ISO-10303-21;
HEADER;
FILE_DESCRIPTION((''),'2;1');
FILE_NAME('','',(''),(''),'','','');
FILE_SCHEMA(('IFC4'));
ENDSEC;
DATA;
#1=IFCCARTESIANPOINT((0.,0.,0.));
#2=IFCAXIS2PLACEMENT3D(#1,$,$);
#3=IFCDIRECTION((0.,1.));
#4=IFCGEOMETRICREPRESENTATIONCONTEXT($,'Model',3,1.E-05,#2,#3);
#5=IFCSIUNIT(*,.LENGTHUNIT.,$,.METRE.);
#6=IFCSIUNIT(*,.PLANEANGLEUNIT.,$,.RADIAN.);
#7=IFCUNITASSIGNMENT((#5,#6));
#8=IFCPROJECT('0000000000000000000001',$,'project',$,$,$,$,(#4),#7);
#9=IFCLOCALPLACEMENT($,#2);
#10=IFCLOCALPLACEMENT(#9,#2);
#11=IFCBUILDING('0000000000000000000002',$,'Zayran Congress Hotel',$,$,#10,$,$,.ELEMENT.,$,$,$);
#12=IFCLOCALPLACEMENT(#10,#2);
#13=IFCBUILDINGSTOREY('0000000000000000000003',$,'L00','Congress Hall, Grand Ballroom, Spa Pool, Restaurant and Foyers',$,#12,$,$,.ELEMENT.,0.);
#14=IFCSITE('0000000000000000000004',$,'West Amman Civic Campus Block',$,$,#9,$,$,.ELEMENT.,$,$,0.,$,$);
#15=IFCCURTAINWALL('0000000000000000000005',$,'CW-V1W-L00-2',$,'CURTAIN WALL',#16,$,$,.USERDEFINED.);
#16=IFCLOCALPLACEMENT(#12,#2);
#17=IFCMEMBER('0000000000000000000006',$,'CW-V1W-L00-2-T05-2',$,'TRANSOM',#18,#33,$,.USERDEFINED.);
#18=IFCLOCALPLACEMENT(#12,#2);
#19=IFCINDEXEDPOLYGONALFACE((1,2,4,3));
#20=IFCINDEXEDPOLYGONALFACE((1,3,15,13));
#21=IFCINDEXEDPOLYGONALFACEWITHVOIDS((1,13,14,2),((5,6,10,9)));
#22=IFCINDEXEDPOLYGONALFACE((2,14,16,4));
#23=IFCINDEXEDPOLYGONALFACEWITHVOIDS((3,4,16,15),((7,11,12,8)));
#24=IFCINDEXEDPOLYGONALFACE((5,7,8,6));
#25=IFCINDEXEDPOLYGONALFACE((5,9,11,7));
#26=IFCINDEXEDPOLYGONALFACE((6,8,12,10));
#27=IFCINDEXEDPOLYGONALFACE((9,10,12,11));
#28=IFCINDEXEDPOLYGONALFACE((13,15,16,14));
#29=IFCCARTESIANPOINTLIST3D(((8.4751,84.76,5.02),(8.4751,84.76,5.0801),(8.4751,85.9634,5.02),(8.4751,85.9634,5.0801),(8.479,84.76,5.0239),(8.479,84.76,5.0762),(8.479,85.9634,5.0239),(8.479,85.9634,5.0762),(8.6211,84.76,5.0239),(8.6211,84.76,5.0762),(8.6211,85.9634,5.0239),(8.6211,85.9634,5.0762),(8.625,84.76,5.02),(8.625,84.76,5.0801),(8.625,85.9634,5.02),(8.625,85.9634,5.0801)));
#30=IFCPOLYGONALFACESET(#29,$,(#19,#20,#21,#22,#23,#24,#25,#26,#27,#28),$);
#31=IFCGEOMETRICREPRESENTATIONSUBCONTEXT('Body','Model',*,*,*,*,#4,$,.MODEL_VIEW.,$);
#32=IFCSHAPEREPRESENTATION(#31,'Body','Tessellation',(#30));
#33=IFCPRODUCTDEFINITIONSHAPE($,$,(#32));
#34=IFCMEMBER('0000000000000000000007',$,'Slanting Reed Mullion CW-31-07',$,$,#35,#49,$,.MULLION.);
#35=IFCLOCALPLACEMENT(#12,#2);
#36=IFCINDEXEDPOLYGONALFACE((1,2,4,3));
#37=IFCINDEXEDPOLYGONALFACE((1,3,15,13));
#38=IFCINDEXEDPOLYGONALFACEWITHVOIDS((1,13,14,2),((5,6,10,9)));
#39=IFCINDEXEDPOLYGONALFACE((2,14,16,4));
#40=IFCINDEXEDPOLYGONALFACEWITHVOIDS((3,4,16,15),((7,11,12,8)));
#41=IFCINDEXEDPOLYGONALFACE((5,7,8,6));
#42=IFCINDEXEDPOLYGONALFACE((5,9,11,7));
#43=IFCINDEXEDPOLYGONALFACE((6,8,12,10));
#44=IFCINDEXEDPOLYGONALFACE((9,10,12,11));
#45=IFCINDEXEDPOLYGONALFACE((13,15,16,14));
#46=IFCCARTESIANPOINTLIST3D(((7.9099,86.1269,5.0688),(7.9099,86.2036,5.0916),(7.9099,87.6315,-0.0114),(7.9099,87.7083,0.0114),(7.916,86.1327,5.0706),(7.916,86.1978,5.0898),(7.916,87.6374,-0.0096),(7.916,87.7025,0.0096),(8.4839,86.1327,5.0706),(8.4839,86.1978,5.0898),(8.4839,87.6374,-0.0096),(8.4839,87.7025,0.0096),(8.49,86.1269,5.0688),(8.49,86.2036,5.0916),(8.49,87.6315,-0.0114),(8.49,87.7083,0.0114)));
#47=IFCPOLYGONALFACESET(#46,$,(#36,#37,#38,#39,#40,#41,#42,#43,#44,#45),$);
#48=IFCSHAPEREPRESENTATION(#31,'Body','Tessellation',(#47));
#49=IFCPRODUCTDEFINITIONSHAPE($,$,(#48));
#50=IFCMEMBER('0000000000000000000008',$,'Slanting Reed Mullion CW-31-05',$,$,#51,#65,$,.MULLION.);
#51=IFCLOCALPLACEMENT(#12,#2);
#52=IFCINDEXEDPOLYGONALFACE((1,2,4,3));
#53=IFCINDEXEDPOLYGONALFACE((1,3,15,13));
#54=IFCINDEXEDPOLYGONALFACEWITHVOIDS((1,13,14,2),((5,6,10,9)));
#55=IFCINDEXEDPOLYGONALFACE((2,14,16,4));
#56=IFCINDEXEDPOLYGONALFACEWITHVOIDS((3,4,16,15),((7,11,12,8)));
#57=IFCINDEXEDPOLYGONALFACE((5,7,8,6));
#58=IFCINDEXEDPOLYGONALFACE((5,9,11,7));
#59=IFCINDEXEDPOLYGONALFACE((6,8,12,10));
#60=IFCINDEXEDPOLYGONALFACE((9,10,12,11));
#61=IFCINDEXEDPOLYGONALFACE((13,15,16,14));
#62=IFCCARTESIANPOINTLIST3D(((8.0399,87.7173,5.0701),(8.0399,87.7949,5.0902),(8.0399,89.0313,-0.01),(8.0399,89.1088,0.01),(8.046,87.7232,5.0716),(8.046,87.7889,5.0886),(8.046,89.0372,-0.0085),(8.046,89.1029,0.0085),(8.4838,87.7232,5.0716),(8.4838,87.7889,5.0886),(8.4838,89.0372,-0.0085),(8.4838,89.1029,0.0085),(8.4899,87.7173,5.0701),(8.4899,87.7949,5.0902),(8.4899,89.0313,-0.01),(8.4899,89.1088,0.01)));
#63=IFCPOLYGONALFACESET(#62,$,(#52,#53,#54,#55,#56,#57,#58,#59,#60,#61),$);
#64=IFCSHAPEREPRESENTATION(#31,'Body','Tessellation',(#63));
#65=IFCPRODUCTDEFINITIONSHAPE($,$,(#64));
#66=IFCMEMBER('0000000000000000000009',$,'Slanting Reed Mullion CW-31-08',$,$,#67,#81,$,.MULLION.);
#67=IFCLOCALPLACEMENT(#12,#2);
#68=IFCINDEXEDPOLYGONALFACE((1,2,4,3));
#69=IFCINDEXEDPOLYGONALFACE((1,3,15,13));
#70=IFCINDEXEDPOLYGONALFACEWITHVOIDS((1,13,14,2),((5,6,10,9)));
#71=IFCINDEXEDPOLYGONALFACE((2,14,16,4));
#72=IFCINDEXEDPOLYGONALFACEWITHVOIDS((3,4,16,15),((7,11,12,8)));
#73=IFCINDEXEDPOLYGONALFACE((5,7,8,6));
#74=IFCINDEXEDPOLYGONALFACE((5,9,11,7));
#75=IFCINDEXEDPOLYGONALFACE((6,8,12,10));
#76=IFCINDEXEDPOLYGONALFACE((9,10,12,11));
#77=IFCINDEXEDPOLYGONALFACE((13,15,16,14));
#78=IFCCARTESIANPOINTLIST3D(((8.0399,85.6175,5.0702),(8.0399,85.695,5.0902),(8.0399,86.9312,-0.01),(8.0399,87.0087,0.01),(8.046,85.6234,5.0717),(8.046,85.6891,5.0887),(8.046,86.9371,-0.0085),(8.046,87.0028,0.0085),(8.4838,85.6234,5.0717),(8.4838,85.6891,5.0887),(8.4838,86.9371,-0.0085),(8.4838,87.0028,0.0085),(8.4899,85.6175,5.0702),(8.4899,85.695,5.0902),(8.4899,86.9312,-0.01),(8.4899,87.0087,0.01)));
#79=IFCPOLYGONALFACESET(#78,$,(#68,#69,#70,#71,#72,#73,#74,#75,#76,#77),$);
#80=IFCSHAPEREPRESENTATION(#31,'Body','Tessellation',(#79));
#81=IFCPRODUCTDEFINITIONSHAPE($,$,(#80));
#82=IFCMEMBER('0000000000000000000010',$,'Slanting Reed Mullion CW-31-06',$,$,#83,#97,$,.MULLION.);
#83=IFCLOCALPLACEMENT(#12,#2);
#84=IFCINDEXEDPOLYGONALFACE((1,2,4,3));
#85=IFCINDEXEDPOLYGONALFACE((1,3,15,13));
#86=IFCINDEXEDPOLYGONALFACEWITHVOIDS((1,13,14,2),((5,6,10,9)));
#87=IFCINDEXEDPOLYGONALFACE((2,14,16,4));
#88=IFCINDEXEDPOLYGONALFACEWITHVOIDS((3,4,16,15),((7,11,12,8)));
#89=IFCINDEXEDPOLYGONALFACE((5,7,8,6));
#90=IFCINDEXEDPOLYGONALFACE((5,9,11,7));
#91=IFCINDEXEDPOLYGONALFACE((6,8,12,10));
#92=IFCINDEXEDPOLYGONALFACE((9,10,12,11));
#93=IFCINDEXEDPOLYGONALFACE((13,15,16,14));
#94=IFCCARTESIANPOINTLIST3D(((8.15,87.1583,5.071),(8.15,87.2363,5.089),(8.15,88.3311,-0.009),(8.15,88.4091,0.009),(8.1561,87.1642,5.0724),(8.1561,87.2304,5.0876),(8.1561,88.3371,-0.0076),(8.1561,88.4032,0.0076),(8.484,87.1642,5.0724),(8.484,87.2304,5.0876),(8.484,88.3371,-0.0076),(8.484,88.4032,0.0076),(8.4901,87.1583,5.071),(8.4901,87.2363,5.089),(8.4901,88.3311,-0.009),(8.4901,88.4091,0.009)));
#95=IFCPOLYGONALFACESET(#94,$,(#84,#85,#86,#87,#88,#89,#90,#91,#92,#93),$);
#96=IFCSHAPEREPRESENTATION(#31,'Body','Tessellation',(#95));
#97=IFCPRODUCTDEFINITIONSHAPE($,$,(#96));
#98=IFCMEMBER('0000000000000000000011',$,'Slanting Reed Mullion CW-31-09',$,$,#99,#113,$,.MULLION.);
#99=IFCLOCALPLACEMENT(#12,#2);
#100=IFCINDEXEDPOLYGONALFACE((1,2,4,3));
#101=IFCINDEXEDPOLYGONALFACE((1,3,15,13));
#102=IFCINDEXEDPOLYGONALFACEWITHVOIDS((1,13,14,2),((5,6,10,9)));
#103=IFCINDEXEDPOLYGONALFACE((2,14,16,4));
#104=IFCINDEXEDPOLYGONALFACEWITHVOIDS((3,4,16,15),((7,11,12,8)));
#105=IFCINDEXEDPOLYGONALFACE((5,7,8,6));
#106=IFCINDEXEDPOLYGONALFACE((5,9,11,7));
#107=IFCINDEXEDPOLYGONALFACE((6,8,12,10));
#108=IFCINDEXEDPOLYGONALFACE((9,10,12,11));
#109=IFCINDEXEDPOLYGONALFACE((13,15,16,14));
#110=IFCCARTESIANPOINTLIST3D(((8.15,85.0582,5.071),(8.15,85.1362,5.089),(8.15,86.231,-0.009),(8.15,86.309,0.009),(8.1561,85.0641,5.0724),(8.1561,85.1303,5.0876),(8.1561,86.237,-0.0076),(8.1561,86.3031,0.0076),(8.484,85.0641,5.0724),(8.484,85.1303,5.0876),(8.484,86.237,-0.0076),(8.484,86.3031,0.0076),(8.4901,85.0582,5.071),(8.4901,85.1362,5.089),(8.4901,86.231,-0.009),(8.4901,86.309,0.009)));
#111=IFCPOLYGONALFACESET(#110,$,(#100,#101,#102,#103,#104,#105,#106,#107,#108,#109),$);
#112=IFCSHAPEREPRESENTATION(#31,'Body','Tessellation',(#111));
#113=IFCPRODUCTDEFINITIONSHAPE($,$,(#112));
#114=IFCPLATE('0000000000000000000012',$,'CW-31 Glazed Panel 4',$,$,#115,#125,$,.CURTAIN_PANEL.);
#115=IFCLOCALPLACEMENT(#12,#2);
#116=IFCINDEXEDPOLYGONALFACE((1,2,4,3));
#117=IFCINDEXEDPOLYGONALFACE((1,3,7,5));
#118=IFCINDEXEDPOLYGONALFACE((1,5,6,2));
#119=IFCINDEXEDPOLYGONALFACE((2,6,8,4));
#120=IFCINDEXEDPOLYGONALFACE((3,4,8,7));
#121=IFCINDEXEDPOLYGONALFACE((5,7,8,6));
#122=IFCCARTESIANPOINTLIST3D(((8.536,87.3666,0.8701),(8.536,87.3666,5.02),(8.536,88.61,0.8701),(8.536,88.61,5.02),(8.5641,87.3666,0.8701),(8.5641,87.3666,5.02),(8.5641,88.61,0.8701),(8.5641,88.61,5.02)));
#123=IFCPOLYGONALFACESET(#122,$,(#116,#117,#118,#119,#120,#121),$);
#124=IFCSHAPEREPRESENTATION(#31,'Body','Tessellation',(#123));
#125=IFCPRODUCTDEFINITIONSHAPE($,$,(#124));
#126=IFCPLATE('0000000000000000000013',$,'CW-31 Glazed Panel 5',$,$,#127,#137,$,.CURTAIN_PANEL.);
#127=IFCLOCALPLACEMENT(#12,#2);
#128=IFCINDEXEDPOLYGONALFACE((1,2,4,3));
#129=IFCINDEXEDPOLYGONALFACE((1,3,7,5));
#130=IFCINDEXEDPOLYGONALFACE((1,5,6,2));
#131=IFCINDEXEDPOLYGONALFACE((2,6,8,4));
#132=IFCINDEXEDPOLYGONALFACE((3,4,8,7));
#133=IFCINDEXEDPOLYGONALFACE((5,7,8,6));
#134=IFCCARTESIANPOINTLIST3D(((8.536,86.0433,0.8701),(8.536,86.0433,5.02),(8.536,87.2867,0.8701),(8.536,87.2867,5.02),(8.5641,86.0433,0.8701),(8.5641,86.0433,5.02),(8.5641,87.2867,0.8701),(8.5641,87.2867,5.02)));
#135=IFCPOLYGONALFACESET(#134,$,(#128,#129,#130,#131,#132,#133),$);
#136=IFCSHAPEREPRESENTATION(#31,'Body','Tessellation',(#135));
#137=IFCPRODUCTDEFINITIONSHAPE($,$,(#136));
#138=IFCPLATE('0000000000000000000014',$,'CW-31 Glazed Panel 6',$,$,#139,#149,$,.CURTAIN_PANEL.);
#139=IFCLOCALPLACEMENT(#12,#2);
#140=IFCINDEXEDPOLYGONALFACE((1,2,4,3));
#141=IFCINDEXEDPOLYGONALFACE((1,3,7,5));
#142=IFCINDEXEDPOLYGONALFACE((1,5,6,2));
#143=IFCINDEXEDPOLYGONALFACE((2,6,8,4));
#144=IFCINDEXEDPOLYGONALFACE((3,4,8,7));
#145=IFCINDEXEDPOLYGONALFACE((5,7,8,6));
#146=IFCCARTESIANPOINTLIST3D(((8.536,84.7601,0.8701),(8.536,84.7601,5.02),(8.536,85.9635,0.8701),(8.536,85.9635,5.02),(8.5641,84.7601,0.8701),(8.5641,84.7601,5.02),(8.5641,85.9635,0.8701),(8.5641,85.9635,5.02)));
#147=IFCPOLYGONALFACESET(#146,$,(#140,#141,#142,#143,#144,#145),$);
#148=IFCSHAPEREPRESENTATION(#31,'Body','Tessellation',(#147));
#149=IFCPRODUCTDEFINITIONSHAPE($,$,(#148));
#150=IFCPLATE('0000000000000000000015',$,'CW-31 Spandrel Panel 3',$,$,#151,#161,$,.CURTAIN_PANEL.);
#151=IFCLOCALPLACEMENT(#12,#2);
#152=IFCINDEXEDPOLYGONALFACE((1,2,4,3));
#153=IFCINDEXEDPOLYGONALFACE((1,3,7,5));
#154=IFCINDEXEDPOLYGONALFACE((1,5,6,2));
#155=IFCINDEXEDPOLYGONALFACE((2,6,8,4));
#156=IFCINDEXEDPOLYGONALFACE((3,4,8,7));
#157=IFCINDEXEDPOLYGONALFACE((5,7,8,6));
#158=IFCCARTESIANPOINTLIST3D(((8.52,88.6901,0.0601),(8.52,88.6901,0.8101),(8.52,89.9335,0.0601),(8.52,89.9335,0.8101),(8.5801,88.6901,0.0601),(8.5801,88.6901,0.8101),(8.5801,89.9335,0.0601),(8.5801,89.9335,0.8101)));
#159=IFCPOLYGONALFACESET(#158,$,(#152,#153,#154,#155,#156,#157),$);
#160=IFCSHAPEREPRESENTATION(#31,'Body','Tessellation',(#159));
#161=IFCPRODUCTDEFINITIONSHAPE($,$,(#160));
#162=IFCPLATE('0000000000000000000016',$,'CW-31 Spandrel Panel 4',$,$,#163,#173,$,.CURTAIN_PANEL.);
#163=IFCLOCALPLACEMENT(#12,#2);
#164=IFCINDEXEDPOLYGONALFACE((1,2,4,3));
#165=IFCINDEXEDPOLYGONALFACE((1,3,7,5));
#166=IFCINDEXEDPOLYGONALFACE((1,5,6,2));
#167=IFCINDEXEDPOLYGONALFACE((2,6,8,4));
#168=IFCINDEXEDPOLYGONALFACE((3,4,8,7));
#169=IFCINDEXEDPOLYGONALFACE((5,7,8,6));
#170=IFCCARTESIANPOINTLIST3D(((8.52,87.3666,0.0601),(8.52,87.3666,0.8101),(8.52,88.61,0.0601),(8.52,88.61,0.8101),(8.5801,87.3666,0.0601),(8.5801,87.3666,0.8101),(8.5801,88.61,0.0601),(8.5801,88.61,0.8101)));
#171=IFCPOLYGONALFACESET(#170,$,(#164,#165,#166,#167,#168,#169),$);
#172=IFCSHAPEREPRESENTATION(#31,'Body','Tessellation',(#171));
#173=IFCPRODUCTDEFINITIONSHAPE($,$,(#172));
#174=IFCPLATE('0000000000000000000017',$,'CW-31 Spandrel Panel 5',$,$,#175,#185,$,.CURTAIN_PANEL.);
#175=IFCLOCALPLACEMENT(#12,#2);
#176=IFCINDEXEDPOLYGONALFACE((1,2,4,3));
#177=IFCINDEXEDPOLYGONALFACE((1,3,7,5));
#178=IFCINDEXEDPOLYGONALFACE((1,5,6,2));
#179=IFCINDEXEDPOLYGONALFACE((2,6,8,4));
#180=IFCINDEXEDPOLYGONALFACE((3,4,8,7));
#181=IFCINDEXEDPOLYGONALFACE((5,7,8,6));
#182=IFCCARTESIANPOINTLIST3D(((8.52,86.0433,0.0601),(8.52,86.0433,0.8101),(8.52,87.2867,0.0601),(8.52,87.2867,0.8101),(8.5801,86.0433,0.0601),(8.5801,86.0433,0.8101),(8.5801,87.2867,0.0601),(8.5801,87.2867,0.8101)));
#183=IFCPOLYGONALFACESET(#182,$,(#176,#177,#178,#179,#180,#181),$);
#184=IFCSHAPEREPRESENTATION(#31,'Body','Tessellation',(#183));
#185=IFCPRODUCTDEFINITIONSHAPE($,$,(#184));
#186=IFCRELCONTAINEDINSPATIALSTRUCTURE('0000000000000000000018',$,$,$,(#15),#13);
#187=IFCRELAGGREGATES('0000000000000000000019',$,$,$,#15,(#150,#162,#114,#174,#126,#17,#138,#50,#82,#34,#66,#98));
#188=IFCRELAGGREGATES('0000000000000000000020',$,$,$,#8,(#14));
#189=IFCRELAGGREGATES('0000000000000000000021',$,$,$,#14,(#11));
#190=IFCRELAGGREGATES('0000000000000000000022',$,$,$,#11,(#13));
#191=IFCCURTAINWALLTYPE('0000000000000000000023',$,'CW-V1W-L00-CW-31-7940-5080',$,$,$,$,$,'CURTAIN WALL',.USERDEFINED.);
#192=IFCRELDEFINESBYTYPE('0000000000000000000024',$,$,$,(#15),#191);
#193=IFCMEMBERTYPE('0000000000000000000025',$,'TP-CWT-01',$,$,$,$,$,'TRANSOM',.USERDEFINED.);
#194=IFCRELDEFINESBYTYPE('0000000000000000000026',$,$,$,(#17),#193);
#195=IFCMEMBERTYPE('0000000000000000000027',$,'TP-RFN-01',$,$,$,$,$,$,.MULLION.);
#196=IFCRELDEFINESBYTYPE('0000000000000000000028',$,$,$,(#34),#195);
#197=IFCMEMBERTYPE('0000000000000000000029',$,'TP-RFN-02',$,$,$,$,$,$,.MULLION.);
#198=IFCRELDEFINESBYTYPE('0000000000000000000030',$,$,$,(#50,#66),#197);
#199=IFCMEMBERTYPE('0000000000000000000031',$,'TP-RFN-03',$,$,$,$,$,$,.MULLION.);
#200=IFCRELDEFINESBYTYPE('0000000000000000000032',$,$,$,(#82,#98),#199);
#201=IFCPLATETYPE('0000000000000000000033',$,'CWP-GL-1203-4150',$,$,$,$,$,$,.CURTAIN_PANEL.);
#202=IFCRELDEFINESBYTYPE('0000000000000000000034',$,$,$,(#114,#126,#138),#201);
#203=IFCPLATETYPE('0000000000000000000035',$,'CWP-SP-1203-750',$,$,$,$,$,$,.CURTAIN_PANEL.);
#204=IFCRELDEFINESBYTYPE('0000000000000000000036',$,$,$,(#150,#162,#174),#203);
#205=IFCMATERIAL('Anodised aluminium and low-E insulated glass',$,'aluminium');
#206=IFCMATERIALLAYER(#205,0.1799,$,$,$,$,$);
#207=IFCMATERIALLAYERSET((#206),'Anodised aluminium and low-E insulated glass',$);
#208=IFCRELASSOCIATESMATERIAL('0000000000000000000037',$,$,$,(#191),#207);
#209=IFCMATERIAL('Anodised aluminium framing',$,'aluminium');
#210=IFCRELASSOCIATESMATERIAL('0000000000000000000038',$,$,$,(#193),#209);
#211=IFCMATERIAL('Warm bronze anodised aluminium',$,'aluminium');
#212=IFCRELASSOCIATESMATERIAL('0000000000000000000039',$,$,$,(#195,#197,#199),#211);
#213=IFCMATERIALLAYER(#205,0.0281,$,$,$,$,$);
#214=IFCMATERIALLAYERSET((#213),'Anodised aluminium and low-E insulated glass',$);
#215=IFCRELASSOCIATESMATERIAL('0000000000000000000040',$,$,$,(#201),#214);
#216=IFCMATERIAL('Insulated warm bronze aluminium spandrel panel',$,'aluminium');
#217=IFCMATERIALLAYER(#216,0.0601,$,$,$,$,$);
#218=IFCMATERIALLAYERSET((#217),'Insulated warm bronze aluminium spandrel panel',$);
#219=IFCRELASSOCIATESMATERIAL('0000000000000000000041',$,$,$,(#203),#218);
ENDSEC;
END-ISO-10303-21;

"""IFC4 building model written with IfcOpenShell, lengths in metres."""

from ifc_helpers import new_model, si_unit, direction, frame, origin, origin_2d, place, context, subcontext, project, spatial, rectangle, hollow_rectangle, extrude, material, layer, layer_set, material_profile, profile_set, type_object, element, aggregate, save


model = new_model("IFC4")

# Units and contexts
model_context = context("Model", 3, precision=1e-05, world=origin(), true_north=direction((0.0, 1.0)))
body_context = subcontext(model_context, "Body", "Model", "MODEL_VIEW")
ifc_project = project(units=[si_unit("LENGTHUNIT", "METRE"), si_unit("PLANEANGLEUNIT", "RADIAN")], contexts=[model_context])

# Site, building, storey
site_placement = place(None, origin())
site = spatial("IfcSite", under=ifc_project, at=site_placement, Name="West Amman Civic Campus Block", CompositionType="ELEMENT", RefElevation=0.0)
building_placement = place(site_placement, origin())
building = spatial("IfcBuilding", under=site, at=building_placement, Name="Zayran Congress Hotel", CompositionType="ELEMENT")
storey_placement = place(building_placement, origin())
storey = spatial("IfcBuildingStorey", under=building, at=storey_placement, Name="L00", Description="Congress Hall, Grand Ballroom, Spa Pool, Restaurant and Foyers", CompositionType="ELEMENT", Elevation=0.0)

# Curtain wall, members, plates
ifc_material_1 = material(Name="Anodised aluminium and low-E insulated glass", Category="aluminium")
ifc_layer_1 = layer(ifc_material_1, 0.1799)
ifc_layer_set_1 = layer_set([ifc_layer_1], Name="Anodised aluminium and low-E insulated glass")
curtain_wall_type = type_object("IfcCurtainWallType", Name="CW-V1W-L00-CW-31-7940-5080", ElementType="CURTAIN WALL", PredefinedType="USERDEFINED", material=ifc_layer_set_1)
curtain_wall_placement = place(storey_placement, origin())
curtain_wall = element("IfcCurtainWall", 1, at=curtain_wall_placement, inside=storey, type_object=curtain_wall_type, Name="CW-V1W-L00-2", ObjectType="CURTAIN WALL", PredefinedType="USERDEFINED")
ifc_material_2 = material(Name="Anodised aluminium framing", Category="aluminium")
ifc_material_profile_1 = material_profile(ifc_material_2, hollow_rectangle(XDim=0.0601, YDim=0.1499, WallThickness=0.0039, at=origin_2d()), Name="RHS 150x60x4")
ifc_profile_set_1 = profile_set([ifc_material_profile_1], Name="Anodised aluminium framing")
member_type_1 = type_object("IfcMemberType", Name="TP-CWT-01", ElementType="TRANSOM", PredefinedType="USERDEFINED", material=ifc_profile_set_1)
member_1_placement = place(storey_placement, frame((8.55, 85.9634, 5.05), z_axis=(0.0, -1.0, 0.0), x_axis=(0.0, 0.0, 1.0)))
member_1 = element("IfcMember", 2, at=member_1_placement, type_object=member_type_1, Name="CW-V1W-L00-2-T05-2", ObjectType="TRANSOM", PredefinedType="USERDEFINED", context=body_context, shape_type="SweptSolid", body=[
    extrude(hollow_rectangle(XDim=0.0601, YDim=0.1499, WallThickness=0.0039, at=origin_2d()), origin(), (0.0, 0.0, 1.0), 1.2034),
])
ifc_material_3 = material(Name="Warm bronze anodised aluminium", Category="aluminium")
ifc_material_profile_2 = material_profile(ifc_material_3, hollow_rectangle(XDim=0.0801, YDim=0.5801, WallThickness=0.0061, at=origin_2d()), Name="RHS 580x80x6")
ifc_profile_set_2 = profile_set([ifc_material_profile_2], Name="Warm bronze anodised aluminium")
member_type_2 = type_object("IfcMemberType", Name="TP-RFN-01", PredefinedType="MULLION", material=ifc_profile_set_2)
member_2_placement = place(storey_placement, frame((8.2, 87.6699, 0.0), z_axis=(0.0, -0.283989, 0.958827), x_axis=(0.0, 0.958827, 0.283989)))
member_2 = element("IfcMember", 3, at=member_2_placement, type_object=member_type_2, Name="Slanting Reed Mullion CW-31-07", PredefinedType="MULLION", context=body_context, shape_type="SweptSolid", body=[
    extrude(hollow_rectangle(XDim=0.0801, YDim=0.5801, WallThickness=0.0061, at=origin_2d()), origin(), (0.0, 0.0, 1.0), 5.2983),
])
ifc_material_profile_3 = material_profile(ifc_material_3, hollow_rectangle(XDim=0.0801, YDim=0.45, WallThickness=0.0061, at=origin_2d()), Name="RHS 450x80x6")
ifc_profile_set_3 = profile_set([ifc_material_profile_3], Name="Warm bronze anodised aluminium")
member_type_3 = type_object("IfcMemberType", Name="TP-RFN-02", PredefinedType="MULLION", material=ifc_profile_set_3)
member_3_placement = place(storey_placement, frame((8.2649, 89.0701, 0.0), z_axis=(0.0, -0.25041, 0.96814), x_axis=(0.0, 0.96814, 0.25041)))
member_3 = element("IfcMember", 4, at=member_3_placement, type_object=member_type_3, Name="Slanting Reed Mullion CW-31-05", PredefinedType="MULLION", context=body_context, shape_type="SweptSolid", body=[
    extrude(hollow_rectangle(XDim=0.0801, YDim=0.45, WallThickness=0.0061, at=origin_2d()), origin(), (0.0, 0.0, 1.0), 5.2473),
])
member_4_placement = place(storey_placement, frame((8.2649, 86.97, 0.0), z_axis=(0.0, -0.250366, 0.968151), x_axis=(0.0, 0.968151, 0.250366)))
member_4 = element("IfcMember", 5, at=member_4_placement, type_object=member_type_3, Name="Slanting Reed Mullion CW-31-08", PredefinedType="MULLION", context=body_context, shape_type="SweptSolid", body=[
    extrude(hollow_rectangle(XDim=0.0801, YDim=0.45, WallThickness=0.0061, at=origin_2d()), origin(), (0.0, 0.0, 1.0), 5.2473),
])
ifc_material_profile_4 = material_profile(ifc_material_3, hollow_rectangle(XDim=0.0801, YDim=0.3401, WallThickness=0.0061, at=origin_2d()), Name="RHS 340x80x6")
ifc_profile_set_4 = profile_set([ifc_material_profile_4], Name="Warm bronze anodised aluminium")
member_type_4 = type_object("IfcMemberType", Name="TP-RFN-03", PredefinedType="MULLION", material=ifc_profile_set_4)
member_5_placement = place(storey_placement, frame((8.3201, 88.3701, 0.0), z_axis=(0.0, -0.224955, 0.974369), x_axis=(0.0, 0.974369, 0.224955)))
member_5 = element("IfcMember", 6, at=member_5_placement, type_object=member_type_4, Name="Slanting Reed Mullion CW-31-06", PredefinedType="MULLION", context=body_context, shape_type="SweptSolid", body=[
    extrude(hollow_rectangle(XDim=0.0801, YDim=0.3401, WallThickness=0.0061, at=origin_2d()), origin(), (0.0, 0.0, 1.0), 5.2136),
])
member_6_placement = place(storey_placement, frame((8.3201, 86.27, 0.0), z_axis=(0.0, -0.224955, 0.974369), x_axis=(0.0, 0.974369, 0.224955)))
member_6 = element("IfcMember", 7, at=member_6_placement, type_object=member_type_4, Name="Slanting Reed Mullion CW-31-09", PredefinedType="MULLION", context=body_context, shape_type="SweptSolid", body=[
    extrude(hollow_rectangle(XDim=0.0801, YDim=0.3401, WallThickness=0.0061, at=origin_2d()), origin(), (0.0, 0.0, 1.0), 5.2136),
])
ifc_layer_2 = layer(ifc_material_1, 0.0281)
ifc_layer_set_2 = layer_set([ifc_layer_2], Name="Anodised aluminium and low-E insulated glass")
plate_type_1 = type_object("IfcPlateType", Name="CWP-GL-1203-4150", PredefinedType="CURTAIN_PANEL", material=ifc_layer_set_2)
plate_1_placement = place(storey_placement, frame((8.55, 87.9883, 0.8701), z_axis=(0.0, 0.0, 1.0), x_axis=(0.0, 1.0, 0.0)))
plate_1 = element("IfcPlate", 8, at=plate_1_placement, type_object=plate_type_1, Name="CW-31 Glazed Panel 4", PredefinedType="CURTAIN_PANEL", context=body_context, shape_type="SweptSolid", body=[
    extrude(rectangle(XDim=1.2434, YDim=0.0281, at=origin_2d()), origin(), (0.0, 0.0, 1.0), 4.1499),
])
plate_2_placement = place(storey_placement, frame((8.55, 86.665, 0.8701), z_axis=(0.0, 0.0, 1.0), x_axis=(0.0, 1.0, 0.0)))
plate_2 = element("IfcPlate", 9, at=plate_2_placement, type_object=plate_type_1, Name="CW-31 Glazed Panel 5", PredefinedType="CURTAIN_PANEL", context=body_context, shape_type="SweptSolid", body=[
    extrude(rectangle(XDim=1.2434, YDim=0.0281, at=origin_2d()), origin(), (0.0, 0.0, 1.0), 4.1499),
])
plate_3_placement = place(storey_placement, frame((8.55, 85.3618, 0.8701), z_axis=(0.0, 0.0, 1.0), x_axis=(0.0, 1.0, 0.0)))
plate_3 = element("IfcPlate", 10, at=plate_3_placement, type_object=plate_type_1, Name="CW-31 Glazed Panel 6", PredefinedType="CURTAIN_PANEL", context=body_context, shape_type="SweptSolid", body=[
    extrude(rectangle(XDim=1.2034, YDim=0.0281, at=origin_2d()), origin(), (0.0, 0.0, 1.0), 4.1499),
])
ifc_material_4 = material(Name="Insulated warm bronze aluminium spandrel panel", Category="aluminium")
ifc_layer_3 = layer(ifc_material_4, 0.0601)
ifc_layer_set_3 = layer_set([ifc_layer_3], Name="Insulated warm bronze aluminium spandrel panel")
plate_type_2 = type_object("IfcPlateType", Name="CWP-SP-1203-750", PredefinedType="CURTAIN_PANEL", material=ifc_layer_set_3)
plate_4_placement = place(storey_placement, frame((8.55, 89.3118, 0.0601), z_axis=(0.0, 0.0, 1.0), x_axis=(0.0, 1.0, 0.0)))
plate_4 = element("IfcPlate", 11, at=plate_4_placement, type_object=plate_type_2, Name="CW-31 Spandrel Panel 3", PredefinedType="CURTAIN_PANEL", context=body_context, shape_type="SweptSolid", body=[
    extrude(rectangle(XDim=1.2434, YDim=0.0601, at=origin_2d()), origin(), (0.0, 0.0, 1.0), 0.75),
])
plate_5_placement = place(storey_placement, frame((8.55, 87.9883, 0.0601), z_axis=(0.0, 0.0, 1.0), x_axis=(0.0, 1.0, 0.0)))
plate_5 = element("IfcPlate", 12, at=plate_5_placement, type_object=plate_type_2, Name="CW-31 Spandrel Panel 4", PredefinedType="CURTAIN_PANEL", context=body_context, shape_type="SweptSolid", body=[
    extrude(rectangle(XDim=1.2434, YDim=0.0601, at=origin_2d()), origin(), (0.0, 0.0, 1.0), 0.75),
])
plate_6_placement = place(storey_placement, frame((8.55, 86.665, 0.0601), z_axis=(0.0, 0.0, 1.0), x_axis=(0.0, 1.0, 0.0)))
plate_6 = element("IfcPlate", 13, at=plate_6_placement, type_object=plate_type_2, Name="CW-31 Spandrel Panel 5", PredefinedType="CURTAIN_PANEL", context=body_context, shape_type="SweptSolid", body=[
    extrude(rectangle(XDim=1.2434, YDim=0.0601, at=origin_2d()), origin(), (0.0, 0.0, 1.0), 0.75),
])
aggregate(curtain_wall, [plate_4, plate_5, plate_1, plate_6, plate_2, member_1, plate_3, member_3, member_5, member_2, member_4, member_6])

save(model, "model.ifc")
